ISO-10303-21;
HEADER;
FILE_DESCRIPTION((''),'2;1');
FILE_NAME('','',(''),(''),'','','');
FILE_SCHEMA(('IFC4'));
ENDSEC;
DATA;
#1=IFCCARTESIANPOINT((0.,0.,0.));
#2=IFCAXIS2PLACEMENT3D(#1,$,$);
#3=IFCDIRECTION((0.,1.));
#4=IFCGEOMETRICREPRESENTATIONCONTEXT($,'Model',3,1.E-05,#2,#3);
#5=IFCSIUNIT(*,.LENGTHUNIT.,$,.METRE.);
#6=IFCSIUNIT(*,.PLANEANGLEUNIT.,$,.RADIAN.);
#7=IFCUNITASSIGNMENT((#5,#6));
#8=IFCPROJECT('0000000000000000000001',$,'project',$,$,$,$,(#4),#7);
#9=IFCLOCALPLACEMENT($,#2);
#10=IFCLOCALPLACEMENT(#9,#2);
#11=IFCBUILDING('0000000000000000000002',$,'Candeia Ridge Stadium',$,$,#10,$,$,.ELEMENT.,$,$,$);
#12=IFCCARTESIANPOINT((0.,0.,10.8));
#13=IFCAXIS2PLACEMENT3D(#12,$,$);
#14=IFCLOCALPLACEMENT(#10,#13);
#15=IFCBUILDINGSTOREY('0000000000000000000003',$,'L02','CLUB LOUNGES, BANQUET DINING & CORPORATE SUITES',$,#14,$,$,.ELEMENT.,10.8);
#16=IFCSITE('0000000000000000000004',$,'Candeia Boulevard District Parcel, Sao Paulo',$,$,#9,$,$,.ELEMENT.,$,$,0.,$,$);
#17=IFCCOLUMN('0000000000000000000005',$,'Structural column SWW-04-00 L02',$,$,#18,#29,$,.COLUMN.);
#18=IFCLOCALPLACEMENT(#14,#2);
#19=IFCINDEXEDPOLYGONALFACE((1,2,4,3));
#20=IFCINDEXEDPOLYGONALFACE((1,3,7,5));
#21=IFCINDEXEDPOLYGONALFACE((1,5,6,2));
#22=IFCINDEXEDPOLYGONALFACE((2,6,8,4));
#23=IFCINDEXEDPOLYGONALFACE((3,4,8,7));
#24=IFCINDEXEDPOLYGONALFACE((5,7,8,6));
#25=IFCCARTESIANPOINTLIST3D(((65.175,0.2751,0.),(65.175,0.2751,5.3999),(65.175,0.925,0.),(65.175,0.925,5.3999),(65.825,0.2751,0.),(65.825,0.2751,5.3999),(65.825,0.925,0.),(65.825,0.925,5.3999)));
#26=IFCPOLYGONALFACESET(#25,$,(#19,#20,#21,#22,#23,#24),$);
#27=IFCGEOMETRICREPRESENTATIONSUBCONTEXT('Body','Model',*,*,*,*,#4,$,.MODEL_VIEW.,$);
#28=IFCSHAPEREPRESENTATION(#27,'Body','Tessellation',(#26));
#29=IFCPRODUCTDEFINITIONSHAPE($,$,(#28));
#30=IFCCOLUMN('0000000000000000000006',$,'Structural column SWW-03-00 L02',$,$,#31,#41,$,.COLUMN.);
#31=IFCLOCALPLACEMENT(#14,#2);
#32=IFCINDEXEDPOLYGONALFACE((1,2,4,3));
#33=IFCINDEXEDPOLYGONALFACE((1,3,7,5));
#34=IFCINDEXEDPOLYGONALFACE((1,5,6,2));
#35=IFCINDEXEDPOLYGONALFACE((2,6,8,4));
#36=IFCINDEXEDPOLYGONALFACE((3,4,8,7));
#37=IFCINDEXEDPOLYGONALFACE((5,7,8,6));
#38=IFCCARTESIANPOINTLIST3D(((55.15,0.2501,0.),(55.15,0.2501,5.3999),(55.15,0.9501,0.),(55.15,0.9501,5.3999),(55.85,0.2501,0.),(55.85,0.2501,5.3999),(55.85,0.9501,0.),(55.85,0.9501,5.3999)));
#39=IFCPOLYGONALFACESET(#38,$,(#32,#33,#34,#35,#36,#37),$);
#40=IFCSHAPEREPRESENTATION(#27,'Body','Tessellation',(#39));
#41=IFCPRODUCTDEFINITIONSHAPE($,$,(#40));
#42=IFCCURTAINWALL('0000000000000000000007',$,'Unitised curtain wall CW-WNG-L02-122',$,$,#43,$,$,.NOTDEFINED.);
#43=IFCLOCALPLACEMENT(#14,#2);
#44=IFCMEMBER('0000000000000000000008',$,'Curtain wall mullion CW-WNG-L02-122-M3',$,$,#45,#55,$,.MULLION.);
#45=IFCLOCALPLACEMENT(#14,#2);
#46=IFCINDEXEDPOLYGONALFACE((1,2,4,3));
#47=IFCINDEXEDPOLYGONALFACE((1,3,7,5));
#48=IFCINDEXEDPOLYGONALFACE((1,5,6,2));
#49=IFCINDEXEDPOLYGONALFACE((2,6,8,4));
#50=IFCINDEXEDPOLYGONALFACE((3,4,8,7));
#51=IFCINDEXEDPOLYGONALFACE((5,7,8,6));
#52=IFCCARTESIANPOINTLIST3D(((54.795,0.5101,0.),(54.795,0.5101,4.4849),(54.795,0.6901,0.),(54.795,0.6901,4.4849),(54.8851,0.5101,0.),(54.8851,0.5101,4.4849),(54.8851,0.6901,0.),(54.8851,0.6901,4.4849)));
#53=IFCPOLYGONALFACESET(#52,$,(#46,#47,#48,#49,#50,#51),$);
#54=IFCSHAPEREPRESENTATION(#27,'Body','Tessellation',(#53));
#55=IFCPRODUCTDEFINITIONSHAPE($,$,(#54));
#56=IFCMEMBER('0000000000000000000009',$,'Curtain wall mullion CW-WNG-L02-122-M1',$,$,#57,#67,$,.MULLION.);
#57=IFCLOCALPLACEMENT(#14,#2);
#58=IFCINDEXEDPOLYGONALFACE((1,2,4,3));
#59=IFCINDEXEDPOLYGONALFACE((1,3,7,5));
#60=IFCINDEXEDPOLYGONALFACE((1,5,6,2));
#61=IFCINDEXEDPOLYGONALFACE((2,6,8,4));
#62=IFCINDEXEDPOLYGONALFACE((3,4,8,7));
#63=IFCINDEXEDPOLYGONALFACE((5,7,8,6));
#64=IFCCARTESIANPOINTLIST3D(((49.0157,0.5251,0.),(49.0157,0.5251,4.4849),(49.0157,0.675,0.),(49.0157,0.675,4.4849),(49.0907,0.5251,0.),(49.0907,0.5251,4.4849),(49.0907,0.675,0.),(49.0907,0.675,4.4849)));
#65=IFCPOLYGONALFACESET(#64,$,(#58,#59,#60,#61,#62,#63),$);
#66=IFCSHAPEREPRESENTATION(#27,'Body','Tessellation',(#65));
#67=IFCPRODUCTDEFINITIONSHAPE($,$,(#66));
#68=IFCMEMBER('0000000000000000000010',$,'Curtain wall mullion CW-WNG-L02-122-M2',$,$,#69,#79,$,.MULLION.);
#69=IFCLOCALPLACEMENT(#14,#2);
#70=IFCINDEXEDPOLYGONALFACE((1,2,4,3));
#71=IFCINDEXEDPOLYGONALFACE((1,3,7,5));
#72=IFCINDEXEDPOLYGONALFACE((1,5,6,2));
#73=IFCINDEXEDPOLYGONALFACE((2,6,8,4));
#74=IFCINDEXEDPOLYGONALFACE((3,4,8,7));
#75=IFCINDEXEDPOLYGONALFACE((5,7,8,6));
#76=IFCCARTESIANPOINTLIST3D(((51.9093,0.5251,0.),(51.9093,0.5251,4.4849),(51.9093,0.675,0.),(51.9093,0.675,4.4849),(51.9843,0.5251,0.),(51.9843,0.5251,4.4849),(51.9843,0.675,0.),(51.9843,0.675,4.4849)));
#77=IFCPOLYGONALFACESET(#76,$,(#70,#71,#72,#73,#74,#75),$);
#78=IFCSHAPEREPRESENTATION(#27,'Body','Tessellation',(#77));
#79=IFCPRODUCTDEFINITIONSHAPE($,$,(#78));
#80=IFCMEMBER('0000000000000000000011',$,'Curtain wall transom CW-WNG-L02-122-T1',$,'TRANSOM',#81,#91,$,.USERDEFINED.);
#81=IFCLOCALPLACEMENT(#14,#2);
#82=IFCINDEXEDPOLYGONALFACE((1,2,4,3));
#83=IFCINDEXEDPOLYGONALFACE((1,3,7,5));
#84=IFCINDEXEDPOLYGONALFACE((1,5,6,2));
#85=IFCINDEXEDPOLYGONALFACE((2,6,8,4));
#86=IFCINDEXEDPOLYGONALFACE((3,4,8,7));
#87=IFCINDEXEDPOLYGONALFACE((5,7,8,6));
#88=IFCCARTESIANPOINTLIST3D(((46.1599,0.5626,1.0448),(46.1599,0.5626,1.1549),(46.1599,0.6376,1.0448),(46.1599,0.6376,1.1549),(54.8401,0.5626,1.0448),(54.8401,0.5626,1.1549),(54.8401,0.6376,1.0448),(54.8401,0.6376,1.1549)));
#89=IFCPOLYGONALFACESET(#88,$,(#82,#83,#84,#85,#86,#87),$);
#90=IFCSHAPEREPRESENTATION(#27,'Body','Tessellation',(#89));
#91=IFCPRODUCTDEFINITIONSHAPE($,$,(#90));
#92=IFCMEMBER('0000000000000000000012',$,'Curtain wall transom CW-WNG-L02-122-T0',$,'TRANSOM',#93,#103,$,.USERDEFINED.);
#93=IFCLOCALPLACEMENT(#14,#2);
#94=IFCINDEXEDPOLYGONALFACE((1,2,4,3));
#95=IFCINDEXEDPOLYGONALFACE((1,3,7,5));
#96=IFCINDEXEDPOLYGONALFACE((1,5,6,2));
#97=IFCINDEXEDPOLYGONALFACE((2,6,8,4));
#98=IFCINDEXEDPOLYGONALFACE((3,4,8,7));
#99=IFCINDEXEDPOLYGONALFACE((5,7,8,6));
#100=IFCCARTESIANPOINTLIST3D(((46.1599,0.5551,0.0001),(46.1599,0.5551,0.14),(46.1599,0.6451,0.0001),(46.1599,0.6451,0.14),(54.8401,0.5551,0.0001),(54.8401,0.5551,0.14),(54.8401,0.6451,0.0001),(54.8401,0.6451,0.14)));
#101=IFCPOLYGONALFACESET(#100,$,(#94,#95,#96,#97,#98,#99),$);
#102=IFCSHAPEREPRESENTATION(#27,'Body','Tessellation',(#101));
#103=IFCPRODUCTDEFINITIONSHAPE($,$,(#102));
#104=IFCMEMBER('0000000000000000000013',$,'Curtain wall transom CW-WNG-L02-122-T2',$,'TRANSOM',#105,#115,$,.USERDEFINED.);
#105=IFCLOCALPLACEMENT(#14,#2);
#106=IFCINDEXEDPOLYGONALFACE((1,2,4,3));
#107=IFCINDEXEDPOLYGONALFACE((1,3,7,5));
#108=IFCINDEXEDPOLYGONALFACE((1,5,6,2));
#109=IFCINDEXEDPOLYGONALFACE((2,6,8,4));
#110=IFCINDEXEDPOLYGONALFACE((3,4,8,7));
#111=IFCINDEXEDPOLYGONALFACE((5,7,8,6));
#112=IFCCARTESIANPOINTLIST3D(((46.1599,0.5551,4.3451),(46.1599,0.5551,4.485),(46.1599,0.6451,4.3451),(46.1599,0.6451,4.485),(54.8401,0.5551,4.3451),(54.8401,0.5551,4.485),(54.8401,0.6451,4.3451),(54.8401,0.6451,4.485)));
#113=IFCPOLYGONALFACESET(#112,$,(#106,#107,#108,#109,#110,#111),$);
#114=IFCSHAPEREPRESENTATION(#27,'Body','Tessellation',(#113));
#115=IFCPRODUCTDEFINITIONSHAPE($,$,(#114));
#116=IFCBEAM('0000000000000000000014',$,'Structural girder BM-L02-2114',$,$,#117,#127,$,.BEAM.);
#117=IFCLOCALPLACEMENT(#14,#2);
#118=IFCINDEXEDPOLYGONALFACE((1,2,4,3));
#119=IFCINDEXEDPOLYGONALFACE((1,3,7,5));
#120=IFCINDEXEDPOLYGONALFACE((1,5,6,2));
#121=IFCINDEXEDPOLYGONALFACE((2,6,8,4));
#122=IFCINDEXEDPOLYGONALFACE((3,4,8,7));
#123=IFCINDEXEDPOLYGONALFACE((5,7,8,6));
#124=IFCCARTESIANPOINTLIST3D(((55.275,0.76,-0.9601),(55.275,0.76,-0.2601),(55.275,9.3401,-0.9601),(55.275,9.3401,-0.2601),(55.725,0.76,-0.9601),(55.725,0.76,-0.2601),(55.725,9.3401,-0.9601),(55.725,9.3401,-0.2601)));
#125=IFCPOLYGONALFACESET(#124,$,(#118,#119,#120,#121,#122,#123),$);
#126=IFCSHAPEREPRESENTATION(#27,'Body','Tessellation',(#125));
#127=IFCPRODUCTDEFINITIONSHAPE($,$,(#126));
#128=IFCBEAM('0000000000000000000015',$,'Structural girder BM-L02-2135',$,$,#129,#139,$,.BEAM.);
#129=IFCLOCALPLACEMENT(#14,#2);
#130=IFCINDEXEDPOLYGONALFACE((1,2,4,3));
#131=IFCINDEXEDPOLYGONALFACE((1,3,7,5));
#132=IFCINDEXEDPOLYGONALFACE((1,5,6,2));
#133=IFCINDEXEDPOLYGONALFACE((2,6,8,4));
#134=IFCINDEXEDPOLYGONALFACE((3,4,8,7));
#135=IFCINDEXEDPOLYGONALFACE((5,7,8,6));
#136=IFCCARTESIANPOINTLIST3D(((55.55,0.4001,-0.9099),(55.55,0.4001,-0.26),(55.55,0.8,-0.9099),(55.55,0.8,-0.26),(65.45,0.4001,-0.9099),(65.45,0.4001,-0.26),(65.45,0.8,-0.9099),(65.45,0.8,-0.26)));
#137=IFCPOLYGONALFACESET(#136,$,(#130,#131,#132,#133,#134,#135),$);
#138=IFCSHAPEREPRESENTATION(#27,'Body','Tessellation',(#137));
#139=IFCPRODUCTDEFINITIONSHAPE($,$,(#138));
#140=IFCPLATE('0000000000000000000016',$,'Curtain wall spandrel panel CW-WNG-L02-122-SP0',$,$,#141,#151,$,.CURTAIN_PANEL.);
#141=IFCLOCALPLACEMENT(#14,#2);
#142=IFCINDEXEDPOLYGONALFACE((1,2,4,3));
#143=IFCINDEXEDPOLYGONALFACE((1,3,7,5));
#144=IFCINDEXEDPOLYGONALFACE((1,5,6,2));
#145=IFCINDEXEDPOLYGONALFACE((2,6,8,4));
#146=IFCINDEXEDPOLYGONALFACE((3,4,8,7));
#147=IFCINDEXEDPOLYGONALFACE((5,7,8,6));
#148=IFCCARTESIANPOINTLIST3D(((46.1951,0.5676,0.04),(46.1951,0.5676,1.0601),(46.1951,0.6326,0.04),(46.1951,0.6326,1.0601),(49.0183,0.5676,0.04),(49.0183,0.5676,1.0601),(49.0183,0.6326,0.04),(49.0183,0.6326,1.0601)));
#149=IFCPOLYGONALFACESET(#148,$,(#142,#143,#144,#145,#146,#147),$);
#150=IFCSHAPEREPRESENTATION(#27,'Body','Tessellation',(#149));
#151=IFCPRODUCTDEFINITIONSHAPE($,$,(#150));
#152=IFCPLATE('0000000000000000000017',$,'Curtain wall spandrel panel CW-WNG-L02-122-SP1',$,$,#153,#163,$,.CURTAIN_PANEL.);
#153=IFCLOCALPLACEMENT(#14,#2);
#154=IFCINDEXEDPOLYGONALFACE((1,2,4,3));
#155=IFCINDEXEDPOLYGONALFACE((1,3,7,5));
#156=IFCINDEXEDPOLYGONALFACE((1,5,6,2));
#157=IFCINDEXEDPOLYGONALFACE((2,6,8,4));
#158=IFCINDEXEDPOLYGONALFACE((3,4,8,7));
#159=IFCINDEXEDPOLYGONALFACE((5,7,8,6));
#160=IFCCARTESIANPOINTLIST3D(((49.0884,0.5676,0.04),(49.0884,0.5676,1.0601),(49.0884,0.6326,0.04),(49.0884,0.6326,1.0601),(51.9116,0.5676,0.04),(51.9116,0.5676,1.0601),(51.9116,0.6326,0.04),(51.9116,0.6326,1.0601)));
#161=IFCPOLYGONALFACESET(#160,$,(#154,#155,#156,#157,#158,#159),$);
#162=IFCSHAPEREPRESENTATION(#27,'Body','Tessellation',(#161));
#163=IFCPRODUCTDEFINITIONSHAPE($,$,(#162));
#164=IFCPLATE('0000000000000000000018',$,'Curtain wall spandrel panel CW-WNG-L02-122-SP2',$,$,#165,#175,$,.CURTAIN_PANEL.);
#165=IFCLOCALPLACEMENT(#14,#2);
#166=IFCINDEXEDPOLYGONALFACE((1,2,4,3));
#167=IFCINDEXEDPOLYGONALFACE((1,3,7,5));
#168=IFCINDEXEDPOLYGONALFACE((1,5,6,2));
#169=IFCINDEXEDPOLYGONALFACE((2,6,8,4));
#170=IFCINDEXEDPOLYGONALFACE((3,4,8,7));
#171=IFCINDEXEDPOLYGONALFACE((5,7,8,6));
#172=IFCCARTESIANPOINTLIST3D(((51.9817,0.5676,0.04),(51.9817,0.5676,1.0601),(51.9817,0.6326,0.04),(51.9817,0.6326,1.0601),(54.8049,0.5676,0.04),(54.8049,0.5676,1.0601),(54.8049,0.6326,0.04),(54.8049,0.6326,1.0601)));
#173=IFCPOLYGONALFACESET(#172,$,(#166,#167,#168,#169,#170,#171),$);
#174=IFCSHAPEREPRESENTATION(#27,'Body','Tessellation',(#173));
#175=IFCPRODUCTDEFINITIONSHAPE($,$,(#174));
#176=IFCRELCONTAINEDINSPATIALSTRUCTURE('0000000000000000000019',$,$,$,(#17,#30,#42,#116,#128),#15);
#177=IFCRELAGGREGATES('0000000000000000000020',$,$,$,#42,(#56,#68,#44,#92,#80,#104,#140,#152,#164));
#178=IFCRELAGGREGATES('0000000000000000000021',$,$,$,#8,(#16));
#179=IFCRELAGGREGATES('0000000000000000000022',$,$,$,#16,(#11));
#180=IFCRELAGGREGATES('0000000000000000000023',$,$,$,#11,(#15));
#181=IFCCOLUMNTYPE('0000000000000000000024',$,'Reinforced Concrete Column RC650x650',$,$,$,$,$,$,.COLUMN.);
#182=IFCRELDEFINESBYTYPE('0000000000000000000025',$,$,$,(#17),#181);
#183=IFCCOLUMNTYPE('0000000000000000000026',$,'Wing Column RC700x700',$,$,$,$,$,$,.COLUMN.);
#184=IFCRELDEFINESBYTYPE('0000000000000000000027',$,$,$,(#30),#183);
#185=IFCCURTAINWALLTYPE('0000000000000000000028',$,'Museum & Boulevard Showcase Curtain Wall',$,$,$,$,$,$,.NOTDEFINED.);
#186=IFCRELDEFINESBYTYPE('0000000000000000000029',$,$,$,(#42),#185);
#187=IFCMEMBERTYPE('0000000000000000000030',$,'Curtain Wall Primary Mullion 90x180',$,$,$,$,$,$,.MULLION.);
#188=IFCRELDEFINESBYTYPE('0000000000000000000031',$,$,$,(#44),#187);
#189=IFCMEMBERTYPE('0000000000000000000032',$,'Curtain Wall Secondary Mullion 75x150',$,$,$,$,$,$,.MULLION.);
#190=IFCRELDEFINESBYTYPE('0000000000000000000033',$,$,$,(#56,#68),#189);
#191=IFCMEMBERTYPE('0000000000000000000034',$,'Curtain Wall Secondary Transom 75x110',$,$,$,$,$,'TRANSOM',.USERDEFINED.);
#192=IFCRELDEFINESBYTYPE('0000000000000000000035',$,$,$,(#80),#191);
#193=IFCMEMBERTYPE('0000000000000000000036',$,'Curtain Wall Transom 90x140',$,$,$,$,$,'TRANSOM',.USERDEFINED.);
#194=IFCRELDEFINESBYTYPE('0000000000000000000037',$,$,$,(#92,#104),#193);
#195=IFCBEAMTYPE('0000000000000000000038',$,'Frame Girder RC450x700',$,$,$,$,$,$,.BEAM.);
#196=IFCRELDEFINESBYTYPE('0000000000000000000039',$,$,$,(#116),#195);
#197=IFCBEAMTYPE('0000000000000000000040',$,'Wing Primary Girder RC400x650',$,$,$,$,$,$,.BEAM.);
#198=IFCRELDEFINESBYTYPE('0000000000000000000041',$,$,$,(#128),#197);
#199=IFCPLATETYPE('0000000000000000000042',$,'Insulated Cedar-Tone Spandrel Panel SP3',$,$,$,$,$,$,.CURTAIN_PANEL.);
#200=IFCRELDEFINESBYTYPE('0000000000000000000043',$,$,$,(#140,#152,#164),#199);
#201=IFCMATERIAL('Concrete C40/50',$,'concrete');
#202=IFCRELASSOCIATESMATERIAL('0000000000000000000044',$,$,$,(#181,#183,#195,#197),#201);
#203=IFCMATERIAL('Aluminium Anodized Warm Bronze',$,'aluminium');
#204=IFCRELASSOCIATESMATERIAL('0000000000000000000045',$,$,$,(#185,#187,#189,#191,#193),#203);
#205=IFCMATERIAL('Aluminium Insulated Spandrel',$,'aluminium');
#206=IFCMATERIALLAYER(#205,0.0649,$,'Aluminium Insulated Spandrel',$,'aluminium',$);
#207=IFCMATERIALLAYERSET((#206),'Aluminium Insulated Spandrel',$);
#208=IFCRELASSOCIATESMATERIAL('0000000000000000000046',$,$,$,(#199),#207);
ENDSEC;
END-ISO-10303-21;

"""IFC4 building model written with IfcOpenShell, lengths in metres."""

from ifc_helpers import new_model, si_unit, direction, frame, origin, origin_2d, place, context, subcontext, project, spatial, rectangle, extrude, material, layer, layer_set, material_profile, profile_set, type_object, element, aggregate, save


model = new_model("IFC4")

# Units and contexts
model_context = context("Model", 3, precision=1e-05, world=origin(), true_north=direction((0.0, 1.0)))
body_context = subcontext(model_context, "Body", "Model", "MODEL_VIEW")
ifc_project = project(units=[si_unit("LENGTHUNIT", "METRE"), si_unit("PLANEANGLEUNIT", "RADIAN")], contexts=[model_context])

# Site, building, storey
site_placement = place(None, origin())
site = spatial("IfcSite", under=ifc_project, at=site_placement, Name="Candeia Boulevard District Parcel, Sao Paulo", CompositionType="ELEMENT", RefElevation=0.0)
building_placement = place(site_placement, origin())
building = spatial("IfcBuilding", under=site, at=building_placement, Name="Candeia Ridge Stadium", CompositionType="ELEMENT")
storey_placement = place(building_placement, frame((0.0, 0.0, 10.8)))
storey = spatial("IfcBuildingStorey", under=building, at=storey_placement, Name="L02", Description="CLUB LOUNGES, BANQUET DINING & CORPORATE SUITES", CompositionType="ELEMENT", Elevation=10.8)

# Columns
ifc_material_1 = material(Name="Concrete C40/50", Category="concrete")
ifc_material_profile_1 = material_profile(ifc_material_1, rectangle(XDim=0.6499, YDim=0.6499, at=origin_2d()), Name="RC650x650", Category="concrete")
ifc_profile_set_1 = profile_set([ifc_material_profile_1], Name="Concrete C40/50")
column_type_1 = type_object("IfcColumnType", Name="Reinforced Concrete Column RC650x650", PredefinedType="COLUMN", material=ifc_profile_set_1)
column_1_placement = place(storey_placement, frame((65.5, 0.6001, 0.0), z_axis=(0.0, 0.0, 1.0), x_axis=(1.0, 0.0, 0.0)))
element("IfcColumn", 1, at=column_1_placement, inside=storey, type_object=column_type_1, Name="Structural column SWW-04-00 L02", PredefinedType="COLUMN", context=body_context, shape_type="SweptSolid", body=[
    extrude(rectangle(XDim=0.6499, YDim=0.6499, at=origin_2d()), origin(), (0.0, 0.0, 1.0), 5.3999),
])
ifc_material_profile_2 = material_profile(ifc_material_1, rectangle(XDim=0.7, YDim=0.7, at=origin_2d()), Name="RC700x700", Category="concrete")
ifc_profile_set_2 = profile_set([ifc_material_profile_2], Name="Concrete C40/50")
column_type_2 = type_object("IfcColumnType", Name="Wing Column RC700x700", PredefinedType="COLUMN", material=ifc_profile_set_2)
column_2_placement = place(storey_placement, frame((55.5, 0.6001, 0.0), z_axis=(0.0, 0.0, 1.0), x_axis=(1.0, 0.0, 0.0)))
element("IfcColumn", 2, at=column_2_placement, inside=storey, type_object=column_type_2, Name="Structural column SWW-03-00 L02", PredefinedType="COLUMN", context=body_context, shape_type="SweptSolid", body=[
    extrude(rectangle(XDim=0.7, YDim=0.7, at=origin_2d()), origin(), (0.0, 0.0, 1.0), 5.3999),
])

# Curtain wall, members
ifc_material_2 = material(Name="Aluminium Anodized Warm Bronze", Category="aluminium")
curtain_wall_type = type_object("IfcCurtainWallType", Name="Museum & Boulevard Showcase Curtain Wall", PredefinedType="NOTDEFINED", material=ifc_material_2)
curtain_wall_placement = place(storey_placement, origin())
curtain_wall = element("IfcCurtainWall", 3, at=curtain_wall_placement, inside=storey, type_object=curtain_wall_type, Name="Unitised curtain wall CW-WNG-L02-122", PredefinedType="NOTDEFINED")
ifc_material_profile_3 = material_profile(ifc_material_2, rectangle(XDim=0.0901, YDim=0.1799, at=origin_2d()), Name="CWM-90x180", Category="aluminium")
ifc_profile_set_3 = profile_set([ifc_material_profile_3], Name="Aluminium Anodized Warm Bronze")
member_type_1 = type_object("IfcMemberType", Name="Curtain Wall Primary Mullion 90x180", PredefinedType="MULLION", material=ifc_profile_set_3)
member_1_placement = place(storey_placement, frame((54.8401, 0.6001, 0.0), z_axis=(0.0, 0.0, 1.0), x_axis=(1.0, 0.0, 0.0)))
member_1 = element("IfcMember", 4, at=member_1_placement, type_object=member_type_1, Name="Curtain wall mullion CW-WNG-L02-122-M3", PredefinedType="MULLION", context=body_context, shape_type="SweptSolid", body=[
    extrude(rectangle(XDim=0.0901, YDim=0.1799, at=origin_2d()), origin(), (0.0, 0.0, 1.0), 4.4849),
])
ifc_material_profile_4 = material_profile(ifc_material_2, rectangle(XDim=0.075, YDim=0.1499, at=origin_2d()), Name="CWM-75x150", Category="aluminium")
ifc_profile_set_4 = profile_set([ifc_material_profile_4], Name="Aluminium Anodized Warm Bronze")
member_type_2 = type_object("IfcMemberType", Name="Curtain Wall Secondary Mullion 75x150", PredefinedType="MULLION", material=ifc_profile_set_4)
member_2_placement = place(storey_placement, frame((49.0532, 0.6001, 0.0), z_axis=(0.0, 0.0, 1.0), x_axis=(1.0, 0.0, 0.0)))
member_2 = element("IfcMember", 5, at=member_2_placement, type_object=member_type_2, Name="Curtain wall mullion CW-WNG-L02-122-M1", PredefinedType="MULLION", context=body_context, shape_type="SweptSolid", body=[
    extrude(rectangle(XDim=0.075, YDim=0.1499, at=origin_2d()), origin(), (0.0, 0.0, 1.0), 4.4849),
])
member_3_placement = place(storey_placement, frame((51.9468, 0.6001, 0.0), z_axis=(0.0, 0.0, 1.0), x_axis=(1.0, 0.0, 0.0)))
member_3 = element("IfcMember", 6, at=member_3_placement, type_object=member_type_2, Name="Curtain wall mullion CW-WNG-L02-122-M2", PredefinedType="MULLION", context=body_context, shape_type="SweptSolid", body=[
    extrude(rectangle(XDim=0.075, YDim=0.1499, at=origin_2d()), origin(), (0.0, 0.0, 1.0), 4.4849),
])
ifc_material_profile_5 = material_profile(ifc_material_2, rectangle(XDim=0.075, YDim=0.1101, at=origin_2d()), Name="CWT-75x110", Category="aluminium")
ifc_profile_set_5 = profile_set([ifc_material_profile_5], Name="Aluminium Anodized Warm Bronze")
member_type_3 = type_object("IfcMemberType", Name="Curtain Wall Secondary Transom 75x110", ElementType="TRANSOM", PredefinedType="USERDEFINED", material=ifc_profile_set_5)
member_4_placement = place(storey_placement, frame((46.1599, 0.6001, 1.0999), z_axis=(1.0, 0.0, 0.0), x_axis=(0.0, 1.0, 0.0)))
member_4 = element("IfcMember", 7, at=member_4_placement, type_object=member_type_3, Name="Curtain wall transom CW-WNG-L02-122-T1", ObjectType="TRANSOM", PredefinedType="USERDEFINED", context=body_context, shape_type="SweptSolid", body=[
    extrude(rectangle(XDim=0.075, YDim=0.1101, at=origin_2d()), origin(), (0.0, 0.0, 1.0), 8.6802),
])
ifc_material_profile_6 = material_profile(ifc_material_2, rectangle(XDim=0.0901, YDim=0.1399, at=origin_2d()), Name="CWT-90x140", Category="aluminium")
ifc_profile_set_6 = profile_set([ifc_material_profile_6], Name="Aluminium Anodized Warm Bronze")
member_type_4 = type_object("IfcMemberType", Name="Curtain Wall Transom 90x140", ElementType="TRANSOM", PredefinedType="USERDEFINED", material=ifc_profile_set_6)
member_5_placement = place(storey_placement, frame((46.1599, 0.6001, 0.0701), z_axis=(1.0, 0.0, 0.0), x_axis=(0.0, 1.0, 0.0)))
member_5 = element("IfcMember", 8, at=member_5_placement, type_object=member_type_4, Name="Curtain wall transom CW-WNG-L02-122-T0", ObjectType="TRANSOM", PredefinedType="USERDEFINED", context=body_context, shape_type="SweptSolid", body=[
    extrude(rectangle(XDim=0.0901, YDim=0.1399, at=origin_2d()), origin(), (0.0, 0.0, 1.0), 8.6802),
])
member_6_placement = place(storey_placement, frame((46.1599, 0.6001, 4.415), z_axis=(1.0, 0.0, 0.0), x_axis=(0.0, 1.0, 0.0)))
member_6 = element("IfcMember", 9, at=member_6_placement, type_object=member_type_4, Name="Curtain wall transom CW-WNG-L02-122-T2", ObjectType="TRANSOM", PredefinedType="USERDEFINED", context=body_context, shape_type="SweptSolid", body=[
    extrude(rectangle(XDim=0.0901, YDim=0.1399, at=origin_2d()), origin(), (0.0, 0.0, 1.0), 8.6802),
])

# Beams
ifc_material_profile_7 = material_profile(ifc_material_1, rectangle(XDim=0.45, YDim=0.7, at=origin_2d()), Name="RC450x700", Category="concrete")
ifc_profile_set_7 = profile_set([ifc_material_profile_7], Name="Concrete C40/50")
beam_type_1 = type_object("IfcBeamType", Name="Frame Girder RC450x700", PredefinedType="BEAM", material=ifc_profile_set_7)
beam_1_placement = place(storey_placement, frame((55.5, 0.76, -0.6101), z_axis=(0.0, 1.0, 0.0), x_axis=(-1.0, 0.0, 0.0)))
element("IfcBeam", 10, at=beam_1_placement, inside=storey, type_object=beam_type_1, Name="Structural girder BM-L02-2114", PredefinedType="BEAM", context=body_context, shape_type="SweptSolid", body=[
    extrude(rectangle(XDim=0.45, YDim=0.7, at=origin_2d()), origin(), (0.0, 0.0, 1.0), 8.5801),
])
ifc_material_profile_8 = material_profile(ifc_material_1, rectangle(XDim=0.3999, YDim=0.6499, at=origin_2d()), Name="RC400x650", Category="concrete")
ifc_profile_set_8 = profile_set([ifc_material_profile_8], Name="Concrete C40/50")
beam_type_2 = type_object("IfcBeamType", Name="Wing Primary Girder RC400x650", PredefinedType="BEAM", material=ifc_profile_set_8)
beam_2_placement = place(storey_placement, frame((55.55, 0.6001, -0.585), z_axis=(1.0, 0.0, 0.0), x_axis=(0.0, 1.0, 0.0)))
element("IfcBeam", 11, at=beam_2_placement, inside=storey, type_object=beam_type_2, Name="Structural girder BM-L02-2135", PredefinedType="BEAM", context=body_context, shape_type="SweptSolid", body=[
    extrude(rectangle(XDim=0.3999, YDim=0.6499, at=origin_2d()), origin(), (0.0, 0.0, 1.0), 9.8999),
])

# Plates
ifc_material_3 = material(Name="Aluminium Insulated Spandrel", Category="aluminium")
ifc_layer_1 = layer(ifc_material_3, 0.0649, Name="Aluminium Insulated Spandrel", Category="aluminium")
ifc_layer_set_1 = layer_set([ifc_layer_1], Name="Aluminium Insulated Spandrel")
plate_type_1 = type_object("IfcPlateType", Name="Insulated Cedar-Tone Spandrel Panel SP3", PredefinedType="CURTAIN_PANEL", material=ifc_layer_set_1)
plate_1_placement = place(storey_placement, frame((47.6067, 0.6001, 0.04), z_axis=(0.0, 0.0, 1.0), x_axis=(1.0, 0.0, 0.0)))
plate_1 = element("IfcPlate", 12, at=plate_1_placement, type_object=plate_type_1, Name="Curtain wall spandrel panel CW-WNG-L02-122-SP0", PredefinedType="CURTAIN_PANEL", context=body_context, shape_type="SweptSolid", body=[
    extrude(rectangle(XDim=2.8232, YDim=0.0649, at=origin_2d()), origin(), (0.0, 0.0, 1.0), 1.02),
])
plate_2_placement = place(storey_placement, frame((50.5, 0.6001, 0.04), z_axis=(0.0, 0.0, 1.0), x_axis=(1.0, 0.0, 0.0)))
plate_2 = element("IfcPlate", 13, at=plate_2_placement, type_object=plate_type_1, Name="Curtain wall spandrel panel CW-WNG-L02-122-SP1", PredefinedType="CURTAIN_PANEL", context=body_context, shape_type="SweptSolid", body=[
    extrude(rectangle(XDim=2.8232, YDim=0.0649, at=origin_2d()), origin(), (0.0, 0.0, 1.0), 1.02),
])
plate_3_placement = place(storey_placement, frame((53.3933, 0.6001, 0.04), z_axis=(0.0, 0.0, 1.0), x_axis=(1.0, 0.0, 0.0)))
plate_3 = element("IfcPlate", 14, at=plate_3_placement, type_object=plate_type_1, Name="Curtain wall spandrel panel CW-WNG-L02-122-SP2", PredefinedType="CURTAIN_PANEL", context=body_context, shape_type="SweptSolid", body=[
    extrude(rectangle(XDim=2.8232, YDim=0.0649, at=origin_2d()), origin(), (0.0, 0.0, 1.0), 1.02),
])
aggregate(curtain_wall, [member_2, member_3, member_1, member_5, member_4, member_6, plate_1, plate_2, plate_3])

save(model, "model.ifc")
